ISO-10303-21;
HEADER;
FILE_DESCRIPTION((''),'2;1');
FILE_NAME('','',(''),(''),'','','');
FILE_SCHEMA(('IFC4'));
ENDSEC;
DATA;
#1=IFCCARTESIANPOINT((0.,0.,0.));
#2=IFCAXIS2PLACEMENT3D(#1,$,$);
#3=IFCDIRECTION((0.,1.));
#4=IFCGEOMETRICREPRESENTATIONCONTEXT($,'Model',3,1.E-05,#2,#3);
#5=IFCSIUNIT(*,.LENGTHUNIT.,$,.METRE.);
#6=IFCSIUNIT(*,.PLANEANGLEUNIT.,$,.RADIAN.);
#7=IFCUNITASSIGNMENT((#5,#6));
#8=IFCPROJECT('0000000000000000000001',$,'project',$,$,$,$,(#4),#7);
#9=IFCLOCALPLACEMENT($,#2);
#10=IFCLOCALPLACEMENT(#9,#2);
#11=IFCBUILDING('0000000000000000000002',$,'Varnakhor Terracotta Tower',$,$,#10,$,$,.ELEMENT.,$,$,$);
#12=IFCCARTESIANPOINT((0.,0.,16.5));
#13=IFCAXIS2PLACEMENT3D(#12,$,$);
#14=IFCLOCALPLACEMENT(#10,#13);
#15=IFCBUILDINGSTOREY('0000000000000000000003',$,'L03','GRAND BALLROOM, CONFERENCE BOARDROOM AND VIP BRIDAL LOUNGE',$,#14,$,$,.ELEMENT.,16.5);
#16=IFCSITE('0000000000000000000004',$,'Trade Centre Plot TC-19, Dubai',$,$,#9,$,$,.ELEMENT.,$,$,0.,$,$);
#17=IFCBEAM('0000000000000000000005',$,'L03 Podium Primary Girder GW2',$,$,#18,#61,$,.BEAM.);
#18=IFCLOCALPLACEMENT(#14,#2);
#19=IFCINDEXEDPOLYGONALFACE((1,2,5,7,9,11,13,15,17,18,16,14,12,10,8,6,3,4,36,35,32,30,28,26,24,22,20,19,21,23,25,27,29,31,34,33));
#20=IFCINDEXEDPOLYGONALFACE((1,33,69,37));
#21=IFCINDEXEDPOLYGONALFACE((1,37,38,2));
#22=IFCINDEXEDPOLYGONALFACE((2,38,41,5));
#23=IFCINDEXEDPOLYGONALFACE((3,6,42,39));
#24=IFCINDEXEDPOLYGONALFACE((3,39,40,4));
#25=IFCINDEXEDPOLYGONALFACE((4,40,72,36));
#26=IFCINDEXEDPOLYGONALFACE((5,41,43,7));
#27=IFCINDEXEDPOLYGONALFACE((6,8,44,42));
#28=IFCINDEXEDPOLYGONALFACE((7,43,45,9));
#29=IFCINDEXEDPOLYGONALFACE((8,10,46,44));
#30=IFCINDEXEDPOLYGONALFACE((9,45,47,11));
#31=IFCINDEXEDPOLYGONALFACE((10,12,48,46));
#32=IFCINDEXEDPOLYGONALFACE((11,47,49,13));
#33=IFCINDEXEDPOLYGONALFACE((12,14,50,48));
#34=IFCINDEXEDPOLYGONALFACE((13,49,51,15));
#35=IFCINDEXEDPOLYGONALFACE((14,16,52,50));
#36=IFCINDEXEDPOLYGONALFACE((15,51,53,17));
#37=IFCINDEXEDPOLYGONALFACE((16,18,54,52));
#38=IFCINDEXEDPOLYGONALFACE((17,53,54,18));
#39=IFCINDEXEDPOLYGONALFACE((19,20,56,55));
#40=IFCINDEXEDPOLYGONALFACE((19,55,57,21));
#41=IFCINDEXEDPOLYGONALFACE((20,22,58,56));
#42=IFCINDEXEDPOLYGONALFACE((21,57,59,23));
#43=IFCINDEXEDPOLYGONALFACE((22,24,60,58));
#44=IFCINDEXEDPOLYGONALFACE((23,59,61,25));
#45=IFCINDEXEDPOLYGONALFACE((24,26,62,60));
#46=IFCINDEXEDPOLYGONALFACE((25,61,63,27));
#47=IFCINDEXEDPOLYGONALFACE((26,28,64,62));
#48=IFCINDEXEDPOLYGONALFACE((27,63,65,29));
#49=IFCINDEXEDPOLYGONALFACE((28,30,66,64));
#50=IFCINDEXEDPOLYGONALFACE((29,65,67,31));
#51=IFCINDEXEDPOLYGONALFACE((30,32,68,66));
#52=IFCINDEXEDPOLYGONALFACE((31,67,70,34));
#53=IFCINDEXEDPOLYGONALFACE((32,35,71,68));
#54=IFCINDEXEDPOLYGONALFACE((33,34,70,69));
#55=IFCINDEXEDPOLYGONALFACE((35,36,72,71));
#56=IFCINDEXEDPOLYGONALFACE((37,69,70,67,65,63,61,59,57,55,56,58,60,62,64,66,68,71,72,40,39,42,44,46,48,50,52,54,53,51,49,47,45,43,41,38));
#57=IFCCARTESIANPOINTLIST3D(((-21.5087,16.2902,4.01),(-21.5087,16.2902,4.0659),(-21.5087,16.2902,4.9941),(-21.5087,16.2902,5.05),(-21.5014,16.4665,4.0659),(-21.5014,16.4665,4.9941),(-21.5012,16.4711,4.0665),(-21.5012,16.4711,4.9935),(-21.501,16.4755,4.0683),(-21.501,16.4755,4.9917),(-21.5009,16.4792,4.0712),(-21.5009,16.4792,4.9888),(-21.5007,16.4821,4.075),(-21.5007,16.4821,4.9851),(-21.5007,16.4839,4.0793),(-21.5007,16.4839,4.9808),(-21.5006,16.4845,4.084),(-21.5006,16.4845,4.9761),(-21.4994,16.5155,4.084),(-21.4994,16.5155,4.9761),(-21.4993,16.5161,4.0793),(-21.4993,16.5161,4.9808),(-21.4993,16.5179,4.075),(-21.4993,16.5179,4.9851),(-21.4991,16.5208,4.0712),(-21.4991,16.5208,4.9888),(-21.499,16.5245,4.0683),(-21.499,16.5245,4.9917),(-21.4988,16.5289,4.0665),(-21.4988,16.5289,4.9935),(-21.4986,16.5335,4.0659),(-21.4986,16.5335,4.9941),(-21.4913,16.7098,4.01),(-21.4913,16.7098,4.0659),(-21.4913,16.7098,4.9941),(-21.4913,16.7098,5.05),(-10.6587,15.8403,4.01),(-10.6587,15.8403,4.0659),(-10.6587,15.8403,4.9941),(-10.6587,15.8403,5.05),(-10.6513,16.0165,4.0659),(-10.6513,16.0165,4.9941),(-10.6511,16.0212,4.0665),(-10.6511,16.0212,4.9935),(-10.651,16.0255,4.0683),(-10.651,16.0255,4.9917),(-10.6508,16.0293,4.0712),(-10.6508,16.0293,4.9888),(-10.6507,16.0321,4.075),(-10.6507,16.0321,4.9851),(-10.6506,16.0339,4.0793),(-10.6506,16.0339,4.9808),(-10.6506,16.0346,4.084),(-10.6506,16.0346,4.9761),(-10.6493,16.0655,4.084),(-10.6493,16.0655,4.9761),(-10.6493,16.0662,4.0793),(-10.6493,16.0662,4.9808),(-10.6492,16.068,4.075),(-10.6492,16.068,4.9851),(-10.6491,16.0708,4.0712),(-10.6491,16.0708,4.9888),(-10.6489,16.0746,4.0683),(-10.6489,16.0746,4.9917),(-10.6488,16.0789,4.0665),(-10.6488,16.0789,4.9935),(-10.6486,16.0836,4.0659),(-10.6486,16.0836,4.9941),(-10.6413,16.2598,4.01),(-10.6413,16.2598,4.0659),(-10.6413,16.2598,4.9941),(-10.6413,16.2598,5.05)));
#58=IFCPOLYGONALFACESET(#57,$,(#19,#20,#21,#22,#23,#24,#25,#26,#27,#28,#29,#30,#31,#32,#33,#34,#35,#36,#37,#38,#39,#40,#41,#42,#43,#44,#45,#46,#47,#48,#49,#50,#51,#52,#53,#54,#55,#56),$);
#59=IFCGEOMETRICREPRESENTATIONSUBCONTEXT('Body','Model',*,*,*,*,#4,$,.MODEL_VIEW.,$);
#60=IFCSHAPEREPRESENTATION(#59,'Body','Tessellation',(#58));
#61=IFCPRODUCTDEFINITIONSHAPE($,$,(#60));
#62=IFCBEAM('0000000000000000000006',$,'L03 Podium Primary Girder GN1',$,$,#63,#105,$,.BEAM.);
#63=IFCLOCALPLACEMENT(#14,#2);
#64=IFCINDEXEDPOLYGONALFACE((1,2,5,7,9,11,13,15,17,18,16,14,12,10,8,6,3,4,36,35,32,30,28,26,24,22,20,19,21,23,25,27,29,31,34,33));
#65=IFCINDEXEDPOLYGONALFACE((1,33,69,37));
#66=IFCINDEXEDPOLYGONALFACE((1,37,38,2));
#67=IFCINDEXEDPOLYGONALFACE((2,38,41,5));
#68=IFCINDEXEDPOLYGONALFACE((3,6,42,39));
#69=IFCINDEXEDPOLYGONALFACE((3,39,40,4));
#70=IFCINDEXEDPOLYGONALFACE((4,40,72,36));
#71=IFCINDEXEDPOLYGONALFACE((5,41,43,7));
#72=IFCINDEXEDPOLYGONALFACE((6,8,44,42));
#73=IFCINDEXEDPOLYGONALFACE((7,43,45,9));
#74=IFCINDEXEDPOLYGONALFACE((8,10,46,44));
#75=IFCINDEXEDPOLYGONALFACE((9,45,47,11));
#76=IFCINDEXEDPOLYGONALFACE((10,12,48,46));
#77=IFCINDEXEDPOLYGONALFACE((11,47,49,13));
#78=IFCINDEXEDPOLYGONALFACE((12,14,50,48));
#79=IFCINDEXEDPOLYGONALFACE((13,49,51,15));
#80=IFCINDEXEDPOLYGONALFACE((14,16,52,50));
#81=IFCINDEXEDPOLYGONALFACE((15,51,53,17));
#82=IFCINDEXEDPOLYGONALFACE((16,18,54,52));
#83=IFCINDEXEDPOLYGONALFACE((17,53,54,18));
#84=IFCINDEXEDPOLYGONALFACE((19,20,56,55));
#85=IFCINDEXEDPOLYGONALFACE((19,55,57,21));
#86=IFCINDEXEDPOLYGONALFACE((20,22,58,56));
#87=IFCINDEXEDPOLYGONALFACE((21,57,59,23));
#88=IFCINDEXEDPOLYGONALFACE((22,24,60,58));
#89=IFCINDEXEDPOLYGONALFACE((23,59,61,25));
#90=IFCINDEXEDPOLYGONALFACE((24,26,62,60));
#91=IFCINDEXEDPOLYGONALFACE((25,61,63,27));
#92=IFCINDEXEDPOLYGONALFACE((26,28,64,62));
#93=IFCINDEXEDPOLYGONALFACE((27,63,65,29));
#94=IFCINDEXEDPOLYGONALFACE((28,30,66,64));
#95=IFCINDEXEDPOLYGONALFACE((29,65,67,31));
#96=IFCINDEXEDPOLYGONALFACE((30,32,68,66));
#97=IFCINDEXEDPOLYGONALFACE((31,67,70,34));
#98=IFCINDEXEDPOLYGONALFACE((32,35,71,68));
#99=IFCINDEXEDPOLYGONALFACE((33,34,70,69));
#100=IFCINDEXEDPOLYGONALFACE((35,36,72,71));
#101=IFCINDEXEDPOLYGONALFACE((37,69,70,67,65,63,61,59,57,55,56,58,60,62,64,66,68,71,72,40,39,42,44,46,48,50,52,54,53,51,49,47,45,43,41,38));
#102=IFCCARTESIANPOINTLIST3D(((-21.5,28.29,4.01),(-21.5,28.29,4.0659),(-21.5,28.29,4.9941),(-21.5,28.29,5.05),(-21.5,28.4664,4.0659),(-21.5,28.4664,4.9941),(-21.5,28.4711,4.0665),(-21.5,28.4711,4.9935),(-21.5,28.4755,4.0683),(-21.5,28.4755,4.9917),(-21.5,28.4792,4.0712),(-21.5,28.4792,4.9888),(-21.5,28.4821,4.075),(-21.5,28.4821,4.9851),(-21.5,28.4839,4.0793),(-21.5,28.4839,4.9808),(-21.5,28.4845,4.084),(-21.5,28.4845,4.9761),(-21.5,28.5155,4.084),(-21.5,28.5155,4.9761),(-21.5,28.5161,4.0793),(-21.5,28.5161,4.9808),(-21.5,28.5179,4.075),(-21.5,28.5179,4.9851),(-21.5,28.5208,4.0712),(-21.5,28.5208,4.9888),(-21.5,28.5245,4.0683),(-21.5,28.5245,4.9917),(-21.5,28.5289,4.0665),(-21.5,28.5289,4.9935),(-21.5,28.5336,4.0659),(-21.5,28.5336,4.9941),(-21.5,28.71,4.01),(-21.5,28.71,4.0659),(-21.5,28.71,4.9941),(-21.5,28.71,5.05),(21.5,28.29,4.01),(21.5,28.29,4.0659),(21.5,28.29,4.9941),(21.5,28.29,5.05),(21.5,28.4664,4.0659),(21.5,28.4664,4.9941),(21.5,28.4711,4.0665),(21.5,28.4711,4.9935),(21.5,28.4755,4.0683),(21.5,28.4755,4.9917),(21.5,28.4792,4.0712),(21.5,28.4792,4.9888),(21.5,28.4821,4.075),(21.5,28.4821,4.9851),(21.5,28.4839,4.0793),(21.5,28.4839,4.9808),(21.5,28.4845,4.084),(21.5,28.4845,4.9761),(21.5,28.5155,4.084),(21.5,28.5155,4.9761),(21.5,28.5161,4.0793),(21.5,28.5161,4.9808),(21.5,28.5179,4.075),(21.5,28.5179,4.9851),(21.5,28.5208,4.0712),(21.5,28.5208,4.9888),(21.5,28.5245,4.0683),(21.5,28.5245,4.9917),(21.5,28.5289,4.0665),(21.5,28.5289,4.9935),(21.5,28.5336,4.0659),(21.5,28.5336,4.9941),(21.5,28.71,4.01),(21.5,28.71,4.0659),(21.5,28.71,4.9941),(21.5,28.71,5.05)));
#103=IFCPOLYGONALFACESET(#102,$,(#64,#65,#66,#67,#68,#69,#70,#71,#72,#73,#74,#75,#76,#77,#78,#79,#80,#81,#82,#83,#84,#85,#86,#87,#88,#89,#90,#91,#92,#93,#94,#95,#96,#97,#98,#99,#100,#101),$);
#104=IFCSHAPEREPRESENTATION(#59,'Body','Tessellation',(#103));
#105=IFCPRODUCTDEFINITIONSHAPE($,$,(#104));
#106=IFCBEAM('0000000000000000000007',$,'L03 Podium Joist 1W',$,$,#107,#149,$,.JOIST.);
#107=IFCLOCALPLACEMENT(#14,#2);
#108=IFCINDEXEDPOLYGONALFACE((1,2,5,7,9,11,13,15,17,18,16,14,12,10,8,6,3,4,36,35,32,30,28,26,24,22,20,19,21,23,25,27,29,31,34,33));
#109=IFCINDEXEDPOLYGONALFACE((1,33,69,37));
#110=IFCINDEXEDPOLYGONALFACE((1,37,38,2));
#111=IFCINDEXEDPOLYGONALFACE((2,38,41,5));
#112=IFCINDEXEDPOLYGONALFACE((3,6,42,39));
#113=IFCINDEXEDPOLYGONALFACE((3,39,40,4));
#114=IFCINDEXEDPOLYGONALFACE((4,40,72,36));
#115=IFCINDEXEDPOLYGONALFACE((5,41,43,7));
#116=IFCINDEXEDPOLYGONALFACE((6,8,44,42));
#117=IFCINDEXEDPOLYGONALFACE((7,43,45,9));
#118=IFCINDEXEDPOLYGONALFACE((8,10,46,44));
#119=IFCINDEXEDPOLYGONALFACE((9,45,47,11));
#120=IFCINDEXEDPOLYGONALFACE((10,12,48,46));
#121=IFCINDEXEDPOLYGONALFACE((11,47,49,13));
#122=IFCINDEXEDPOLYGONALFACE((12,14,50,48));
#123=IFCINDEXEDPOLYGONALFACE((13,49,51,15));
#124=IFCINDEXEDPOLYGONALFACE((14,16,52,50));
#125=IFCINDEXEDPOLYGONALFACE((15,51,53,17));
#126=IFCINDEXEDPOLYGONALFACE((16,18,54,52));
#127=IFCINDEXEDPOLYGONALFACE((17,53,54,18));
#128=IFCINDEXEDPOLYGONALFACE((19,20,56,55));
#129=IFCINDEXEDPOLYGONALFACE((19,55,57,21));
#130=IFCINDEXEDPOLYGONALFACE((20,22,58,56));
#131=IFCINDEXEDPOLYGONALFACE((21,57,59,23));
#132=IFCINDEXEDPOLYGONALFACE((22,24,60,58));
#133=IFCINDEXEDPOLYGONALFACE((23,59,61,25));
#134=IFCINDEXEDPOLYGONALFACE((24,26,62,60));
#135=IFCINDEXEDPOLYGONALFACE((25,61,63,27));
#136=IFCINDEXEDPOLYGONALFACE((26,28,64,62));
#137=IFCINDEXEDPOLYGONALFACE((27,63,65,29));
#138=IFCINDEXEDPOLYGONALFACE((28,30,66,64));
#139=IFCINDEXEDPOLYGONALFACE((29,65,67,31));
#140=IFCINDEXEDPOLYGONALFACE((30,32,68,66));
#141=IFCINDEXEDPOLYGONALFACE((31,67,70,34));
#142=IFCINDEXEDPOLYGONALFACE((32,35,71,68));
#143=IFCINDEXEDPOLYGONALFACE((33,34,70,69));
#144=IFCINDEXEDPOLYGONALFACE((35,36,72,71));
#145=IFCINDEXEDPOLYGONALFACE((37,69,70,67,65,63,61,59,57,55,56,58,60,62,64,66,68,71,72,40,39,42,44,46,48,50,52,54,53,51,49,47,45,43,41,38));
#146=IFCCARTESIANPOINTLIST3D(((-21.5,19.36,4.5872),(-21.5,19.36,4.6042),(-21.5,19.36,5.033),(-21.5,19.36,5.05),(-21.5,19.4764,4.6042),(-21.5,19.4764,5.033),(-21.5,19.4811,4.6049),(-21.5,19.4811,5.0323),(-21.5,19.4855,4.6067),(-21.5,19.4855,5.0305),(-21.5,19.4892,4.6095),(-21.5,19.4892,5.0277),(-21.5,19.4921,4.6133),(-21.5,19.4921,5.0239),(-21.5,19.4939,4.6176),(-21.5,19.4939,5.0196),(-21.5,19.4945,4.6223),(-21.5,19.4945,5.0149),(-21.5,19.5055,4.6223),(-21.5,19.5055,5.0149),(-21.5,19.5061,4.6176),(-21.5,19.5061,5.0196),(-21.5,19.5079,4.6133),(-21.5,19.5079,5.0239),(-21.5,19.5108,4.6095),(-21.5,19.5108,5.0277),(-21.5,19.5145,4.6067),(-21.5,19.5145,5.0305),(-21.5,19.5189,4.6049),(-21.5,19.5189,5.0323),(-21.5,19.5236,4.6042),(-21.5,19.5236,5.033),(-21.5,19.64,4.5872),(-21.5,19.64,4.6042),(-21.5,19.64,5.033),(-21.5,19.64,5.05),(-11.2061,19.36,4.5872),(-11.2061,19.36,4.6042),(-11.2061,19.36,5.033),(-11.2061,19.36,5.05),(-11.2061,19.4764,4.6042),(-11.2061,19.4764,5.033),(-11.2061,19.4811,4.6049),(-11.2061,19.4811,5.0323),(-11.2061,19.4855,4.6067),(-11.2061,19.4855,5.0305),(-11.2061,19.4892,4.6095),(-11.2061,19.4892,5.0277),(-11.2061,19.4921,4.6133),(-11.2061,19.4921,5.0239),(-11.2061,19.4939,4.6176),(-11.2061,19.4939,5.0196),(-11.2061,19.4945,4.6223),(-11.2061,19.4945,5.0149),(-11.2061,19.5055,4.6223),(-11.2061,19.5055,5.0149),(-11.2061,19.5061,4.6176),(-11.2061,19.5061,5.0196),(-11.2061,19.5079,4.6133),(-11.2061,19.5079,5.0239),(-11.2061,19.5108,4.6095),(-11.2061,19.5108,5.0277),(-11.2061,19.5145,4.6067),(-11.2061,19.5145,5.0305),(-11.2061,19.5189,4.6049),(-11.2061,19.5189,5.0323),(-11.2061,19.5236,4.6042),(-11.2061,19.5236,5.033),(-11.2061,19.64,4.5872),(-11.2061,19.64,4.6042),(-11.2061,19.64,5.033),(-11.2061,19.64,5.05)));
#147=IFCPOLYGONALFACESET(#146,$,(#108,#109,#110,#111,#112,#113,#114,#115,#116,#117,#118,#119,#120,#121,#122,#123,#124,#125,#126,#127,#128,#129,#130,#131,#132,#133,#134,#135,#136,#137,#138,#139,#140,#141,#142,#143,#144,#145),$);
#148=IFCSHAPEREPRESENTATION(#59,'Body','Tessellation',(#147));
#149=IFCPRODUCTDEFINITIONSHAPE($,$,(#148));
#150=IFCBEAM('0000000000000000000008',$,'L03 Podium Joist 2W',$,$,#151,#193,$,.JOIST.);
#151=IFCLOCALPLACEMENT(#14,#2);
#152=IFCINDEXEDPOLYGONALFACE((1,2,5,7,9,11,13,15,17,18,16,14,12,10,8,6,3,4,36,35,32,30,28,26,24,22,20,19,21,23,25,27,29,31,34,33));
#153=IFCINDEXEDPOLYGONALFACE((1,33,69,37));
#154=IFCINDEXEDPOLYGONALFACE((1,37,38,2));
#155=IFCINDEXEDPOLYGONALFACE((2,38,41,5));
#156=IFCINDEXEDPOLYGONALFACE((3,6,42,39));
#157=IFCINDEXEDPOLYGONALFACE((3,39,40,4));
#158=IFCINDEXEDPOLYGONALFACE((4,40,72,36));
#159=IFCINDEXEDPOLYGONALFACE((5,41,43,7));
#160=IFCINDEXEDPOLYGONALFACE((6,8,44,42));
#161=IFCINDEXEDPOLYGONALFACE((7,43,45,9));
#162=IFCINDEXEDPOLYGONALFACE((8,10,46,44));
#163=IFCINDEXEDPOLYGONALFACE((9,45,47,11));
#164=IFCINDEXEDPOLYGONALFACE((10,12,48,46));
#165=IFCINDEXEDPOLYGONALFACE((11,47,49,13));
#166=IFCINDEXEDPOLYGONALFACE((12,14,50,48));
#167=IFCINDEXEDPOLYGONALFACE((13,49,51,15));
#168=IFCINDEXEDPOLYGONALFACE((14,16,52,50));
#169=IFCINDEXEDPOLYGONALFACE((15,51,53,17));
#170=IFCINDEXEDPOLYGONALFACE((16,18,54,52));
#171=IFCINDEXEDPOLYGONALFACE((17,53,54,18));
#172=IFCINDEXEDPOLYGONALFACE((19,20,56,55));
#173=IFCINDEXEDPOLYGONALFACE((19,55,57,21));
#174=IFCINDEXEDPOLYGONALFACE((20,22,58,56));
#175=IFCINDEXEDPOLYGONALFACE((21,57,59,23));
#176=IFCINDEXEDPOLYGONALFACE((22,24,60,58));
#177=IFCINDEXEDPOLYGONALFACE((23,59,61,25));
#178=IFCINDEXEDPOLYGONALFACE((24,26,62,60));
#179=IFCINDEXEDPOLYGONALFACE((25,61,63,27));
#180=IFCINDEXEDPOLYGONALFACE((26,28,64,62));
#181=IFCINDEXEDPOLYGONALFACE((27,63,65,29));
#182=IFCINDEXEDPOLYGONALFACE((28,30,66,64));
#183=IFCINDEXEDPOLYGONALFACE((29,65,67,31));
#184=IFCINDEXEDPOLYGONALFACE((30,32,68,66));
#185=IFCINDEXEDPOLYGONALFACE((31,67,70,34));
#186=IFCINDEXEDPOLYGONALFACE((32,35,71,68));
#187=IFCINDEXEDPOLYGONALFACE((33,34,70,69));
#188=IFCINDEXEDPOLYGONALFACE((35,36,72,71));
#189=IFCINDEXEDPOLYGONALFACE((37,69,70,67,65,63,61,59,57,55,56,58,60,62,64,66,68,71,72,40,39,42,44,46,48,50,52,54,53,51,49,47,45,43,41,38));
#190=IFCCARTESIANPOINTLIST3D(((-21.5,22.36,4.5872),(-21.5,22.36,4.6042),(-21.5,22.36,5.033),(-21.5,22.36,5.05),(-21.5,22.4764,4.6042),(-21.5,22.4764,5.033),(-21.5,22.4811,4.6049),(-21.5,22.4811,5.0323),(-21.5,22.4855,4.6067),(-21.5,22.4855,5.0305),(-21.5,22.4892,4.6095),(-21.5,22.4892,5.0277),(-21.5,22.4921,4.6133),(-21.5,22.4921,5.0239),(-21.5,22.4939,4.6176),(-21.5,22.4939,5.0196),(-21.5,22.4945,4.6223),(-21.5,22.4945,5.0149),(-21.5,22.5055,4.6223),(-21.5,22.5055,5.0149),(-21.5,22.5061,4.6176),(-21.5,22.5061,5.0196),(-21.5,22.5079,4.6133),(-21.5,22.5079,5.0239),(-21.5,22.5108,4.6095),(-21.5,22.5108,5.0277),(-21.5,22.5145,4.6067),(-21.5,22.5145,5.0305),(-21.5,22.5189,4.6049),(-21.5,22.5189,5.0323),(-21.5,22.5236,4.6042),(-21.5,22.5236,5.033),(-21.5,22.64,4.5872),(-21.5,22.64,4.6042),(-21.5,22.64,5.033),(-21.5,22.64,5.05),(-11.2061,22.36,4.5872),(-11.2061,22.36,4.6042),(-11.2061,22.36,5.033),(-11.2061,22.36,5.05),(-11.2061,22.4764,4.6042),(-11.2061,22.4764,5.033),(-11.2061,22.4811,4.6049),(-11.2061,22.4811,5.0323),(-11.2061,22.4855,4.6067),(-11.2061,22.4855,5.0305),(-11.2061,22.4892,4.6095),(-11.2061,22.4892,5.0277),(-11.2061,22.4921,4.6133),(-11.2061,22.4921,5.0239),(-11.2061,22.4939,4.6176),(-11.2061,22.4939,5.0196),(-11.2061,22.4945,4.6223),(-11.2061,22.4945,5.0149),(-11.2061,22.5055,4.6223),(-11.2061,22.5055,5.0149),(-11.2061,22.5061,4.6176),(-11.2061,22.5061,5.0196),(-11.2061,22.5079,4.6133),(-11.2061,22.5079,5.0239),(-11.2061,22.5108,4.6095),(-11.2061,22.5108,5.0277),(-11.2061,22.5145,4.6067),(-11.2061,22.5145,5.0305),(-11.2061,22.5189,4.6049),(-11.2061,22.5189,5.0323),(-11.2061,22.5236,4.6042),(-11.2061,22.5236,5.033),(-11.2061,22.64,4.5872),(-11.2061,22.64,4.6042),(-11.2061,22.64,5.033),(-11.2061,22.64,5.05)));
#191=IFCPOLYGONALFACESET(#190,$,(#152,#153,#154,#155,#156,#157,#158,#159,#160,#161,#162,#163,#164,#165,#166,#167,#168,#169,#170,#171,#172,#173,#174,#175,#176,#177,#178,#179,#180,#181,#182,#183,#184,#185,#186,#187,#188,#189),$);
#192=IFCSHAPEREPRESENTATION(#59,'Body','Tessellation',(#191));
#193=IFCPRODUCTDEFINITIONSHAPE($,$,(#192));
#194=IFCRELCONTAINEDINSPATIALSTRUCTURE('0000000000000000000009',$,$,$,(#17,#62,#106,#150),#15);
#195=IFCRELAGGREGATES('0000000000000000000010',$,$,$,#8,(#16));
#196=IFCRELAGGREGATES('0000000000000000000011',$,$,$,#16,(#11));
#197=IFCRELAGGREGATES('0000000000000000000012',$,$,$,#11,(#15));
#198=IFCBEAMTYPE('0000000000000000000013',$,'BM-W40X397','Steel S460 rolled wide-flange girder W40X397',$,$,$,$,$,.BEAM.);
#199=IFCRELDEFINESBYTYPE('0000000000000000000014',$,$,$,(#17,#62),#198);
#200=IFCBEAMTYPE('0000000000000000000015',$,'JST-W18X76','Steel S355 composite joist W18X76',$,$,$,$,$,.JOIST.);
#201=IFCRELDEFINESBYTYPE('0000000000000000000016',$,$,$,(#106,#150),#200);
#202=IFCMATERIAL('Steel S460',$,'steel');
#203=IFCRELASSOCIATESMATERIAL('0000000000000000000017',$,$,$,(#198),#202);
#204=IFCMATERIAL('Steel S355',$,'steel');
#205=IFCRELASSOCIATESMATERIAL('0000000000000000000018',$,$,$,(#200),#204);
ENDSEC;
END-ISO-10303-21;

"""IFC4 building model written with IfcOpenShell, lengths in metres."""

from ifc_helpers import new_model, si_unit, direction, frame, origin, origin_2d, place, context, subcontext, project, spatial, i_section, extrude, source, transform, mapped, material, material_profile, profile_set, type_object, type_shapes, element, save


model = new_model("IFC4")

# Units and contexts
model_context = context("Model", 3, precision=1e-05, world=origin(), true_north=direction((0.0, 1.0)))
body_context = subcontext(model_context, "Body", "Model", "MODEL_VIEW")
ifc_project = project(units=[si_unit("LENGTHUNIT", "METRE"), si_unit("PLANEANGLEUNIT", "RADIAN")], contexts=[model_context])

# Site, building, storey
site_placement = place(None, origin())
site = spatial("IfcSite", under=ifc_project, at=site_placement, Name="Trade Centre Plot TC-19, Dubai", CompositionType="ELEMENT", RefElevation=0.0)
building_placement = place(site_placement, origin())
building = spatial("IfcBuilding", under=site, at=building_placement, Name="Varnakhor Terracotta Tower", CompositionType="ELEMENT")
storey_placement = place(building_placement, frame((0.0, 0.0, 16.5)))
storey = spatial("IfcBuildingStorey", under=building, at=storey_placement, Name="L03", Description="GRAND BALLROOM, CONFERENCE BOARDROOM AND VIP BRIDAL LOUNGE", CompositionType="ELEMENT", Elevation=16.5)

# Shared definitions
ifc_material_1 = material(Name="Steel S460", Category="steel")

# Beams
ifc_material_2 = material(Name="Steel S355", Category="steel")
ifc_material_profile_1 = material_profile(ifc_material_1, i_section(OverallWidth=0.4199, OverallDepth=1.04, WebThickness=0.031, FlangeThickness=0.0559, FilletRadius=0.0181, at=origin_2d()), Name="W40X397")
ifc_profile_set_1 = profile_set([ifc_material_profile_1], Name="Steel S460")
beam_type_1 = type_object("IfcBeamType", Name="BM-W40X397", Description="Steel S460 rolled wide-flange girder W40X397", PredefinedType="BEAM", material=ifc_profile_set_1)
shared_shape_1 = source(origin(), body_context, "Body", "SweptSolid", [
    extrude(i_section(OverallWidth=0.4199, OverallDepth=1.04, WebThickness=0.031, FlangeThickness=0.0559, FilletRadius=0.0181, at=origin_2d()), origin(), (0.0, 0.0, 1.0), 10.8594),
])
beam_1_placement = place(storey_placement, frame((-21.5, 16.5, 4.53), z_axis=(0.999141, -0.041434, 0.0), x_axis=(0.041434, 0.999141, 0.0)))
element("IfcBeam", 1, at=beam_1_placement, inside=storey, type_object=beam_type_1, Name="L03 Podium Primary Girder GW2", PredefinedType="BEAM", context=body_context, shape_type="MappedRepresentation", body=[
    mapped(shared_shape_1, transform((0.0, 0.0, 0.0), scale=1.0)),
])
shared_shape_2 = source(origin(), body_context, "Body", "SweptSolid", [
    extrude(i_section(OverallWidth=0.4199, OverallDepth=1.04, WebThickness=0.031, FlangeThickness=0.0559, FilletRadius=0.0181, at=origin_2d()), origin(), (0.0, 0.0, 1.0), 43.0),
])
beam_2_placement = place(storey_placement, frame((-21.5, 28.5, 4.53), z_axis=(1.0, 0.0, 0.0), x_axis=(0.0, 1.0, 0.0)))
element("IfcBeam", 2, at=beam_2_placement, inside=storey, type_object=beam_type_1, Name="L03 Podium Primary Girder GN1", PredefinedType="BEAM", context=body_context, shape_type="MappedRepresentation", body=[
    mapped(shared_shape_2, transform((0.0, 0.0, 0.0), scale=1.0)),
])
ifc_material_profile_2 = material_profile(ifc_material_2, i_section(OverallWidth=0.28, OverallDepth=0.4629, WebThickness=0.011, FlangeThickness=0.0171, FilletRadius=0.0181, at=origin_2d()), Name="W18X76")
ifc_profile_set_2 = profile_set([ifc_material_profile_2], Name="Steel S355")
beam_type_2 = type_object("IfcBeamType", Name="JST-W18X76", Description="Steel S355 composite joist W18X76", PredefinedType="JOIST", material=ifc_profile_set_2)
shared_shape_3 = source(origin(), body_context, "Body", "SweptSolid", [
    extrude(i_section(OverallWidth=0.28, OverallDepth=0.4629, WebThickness=0.011, FlangeThickness=0.0171, FilletRadius=0.0181, at=origin_2d()), origin(), (0.0, 0.0, 1.0), 10.2939),
])
type_shapes(beam_type_2, [shared_shape_3])
for number, where, z_axis, x_axis, name in (
    (3, (-21.5, 19.5, 4.8186), (1.0, 0.0, 0.0), (0.0, 1.0, 0.0), "L03 Podium Joist 1W"),
    (4, (-21.5, 22.5, 4.8186), (1.0, 0.0, 0.0), (0.0, 1.0, 0.0), "L03 Podium Joist 2W"),
):
    element("IfcBeam", number, at=place(storey_placement, frame(where, z_axis=z_axis, x_axis=x_axis)), inside=storey, type_object=beam_type_2, Name=name, PredefinedType="JOIST", context=body_context, shape_type="MappedRepresentation", body=[
        mapped(shared_shape_3, transform((0.0, 0.0, 0.0), scale=1.0)),
    ])

save(model, "model.ifc")
